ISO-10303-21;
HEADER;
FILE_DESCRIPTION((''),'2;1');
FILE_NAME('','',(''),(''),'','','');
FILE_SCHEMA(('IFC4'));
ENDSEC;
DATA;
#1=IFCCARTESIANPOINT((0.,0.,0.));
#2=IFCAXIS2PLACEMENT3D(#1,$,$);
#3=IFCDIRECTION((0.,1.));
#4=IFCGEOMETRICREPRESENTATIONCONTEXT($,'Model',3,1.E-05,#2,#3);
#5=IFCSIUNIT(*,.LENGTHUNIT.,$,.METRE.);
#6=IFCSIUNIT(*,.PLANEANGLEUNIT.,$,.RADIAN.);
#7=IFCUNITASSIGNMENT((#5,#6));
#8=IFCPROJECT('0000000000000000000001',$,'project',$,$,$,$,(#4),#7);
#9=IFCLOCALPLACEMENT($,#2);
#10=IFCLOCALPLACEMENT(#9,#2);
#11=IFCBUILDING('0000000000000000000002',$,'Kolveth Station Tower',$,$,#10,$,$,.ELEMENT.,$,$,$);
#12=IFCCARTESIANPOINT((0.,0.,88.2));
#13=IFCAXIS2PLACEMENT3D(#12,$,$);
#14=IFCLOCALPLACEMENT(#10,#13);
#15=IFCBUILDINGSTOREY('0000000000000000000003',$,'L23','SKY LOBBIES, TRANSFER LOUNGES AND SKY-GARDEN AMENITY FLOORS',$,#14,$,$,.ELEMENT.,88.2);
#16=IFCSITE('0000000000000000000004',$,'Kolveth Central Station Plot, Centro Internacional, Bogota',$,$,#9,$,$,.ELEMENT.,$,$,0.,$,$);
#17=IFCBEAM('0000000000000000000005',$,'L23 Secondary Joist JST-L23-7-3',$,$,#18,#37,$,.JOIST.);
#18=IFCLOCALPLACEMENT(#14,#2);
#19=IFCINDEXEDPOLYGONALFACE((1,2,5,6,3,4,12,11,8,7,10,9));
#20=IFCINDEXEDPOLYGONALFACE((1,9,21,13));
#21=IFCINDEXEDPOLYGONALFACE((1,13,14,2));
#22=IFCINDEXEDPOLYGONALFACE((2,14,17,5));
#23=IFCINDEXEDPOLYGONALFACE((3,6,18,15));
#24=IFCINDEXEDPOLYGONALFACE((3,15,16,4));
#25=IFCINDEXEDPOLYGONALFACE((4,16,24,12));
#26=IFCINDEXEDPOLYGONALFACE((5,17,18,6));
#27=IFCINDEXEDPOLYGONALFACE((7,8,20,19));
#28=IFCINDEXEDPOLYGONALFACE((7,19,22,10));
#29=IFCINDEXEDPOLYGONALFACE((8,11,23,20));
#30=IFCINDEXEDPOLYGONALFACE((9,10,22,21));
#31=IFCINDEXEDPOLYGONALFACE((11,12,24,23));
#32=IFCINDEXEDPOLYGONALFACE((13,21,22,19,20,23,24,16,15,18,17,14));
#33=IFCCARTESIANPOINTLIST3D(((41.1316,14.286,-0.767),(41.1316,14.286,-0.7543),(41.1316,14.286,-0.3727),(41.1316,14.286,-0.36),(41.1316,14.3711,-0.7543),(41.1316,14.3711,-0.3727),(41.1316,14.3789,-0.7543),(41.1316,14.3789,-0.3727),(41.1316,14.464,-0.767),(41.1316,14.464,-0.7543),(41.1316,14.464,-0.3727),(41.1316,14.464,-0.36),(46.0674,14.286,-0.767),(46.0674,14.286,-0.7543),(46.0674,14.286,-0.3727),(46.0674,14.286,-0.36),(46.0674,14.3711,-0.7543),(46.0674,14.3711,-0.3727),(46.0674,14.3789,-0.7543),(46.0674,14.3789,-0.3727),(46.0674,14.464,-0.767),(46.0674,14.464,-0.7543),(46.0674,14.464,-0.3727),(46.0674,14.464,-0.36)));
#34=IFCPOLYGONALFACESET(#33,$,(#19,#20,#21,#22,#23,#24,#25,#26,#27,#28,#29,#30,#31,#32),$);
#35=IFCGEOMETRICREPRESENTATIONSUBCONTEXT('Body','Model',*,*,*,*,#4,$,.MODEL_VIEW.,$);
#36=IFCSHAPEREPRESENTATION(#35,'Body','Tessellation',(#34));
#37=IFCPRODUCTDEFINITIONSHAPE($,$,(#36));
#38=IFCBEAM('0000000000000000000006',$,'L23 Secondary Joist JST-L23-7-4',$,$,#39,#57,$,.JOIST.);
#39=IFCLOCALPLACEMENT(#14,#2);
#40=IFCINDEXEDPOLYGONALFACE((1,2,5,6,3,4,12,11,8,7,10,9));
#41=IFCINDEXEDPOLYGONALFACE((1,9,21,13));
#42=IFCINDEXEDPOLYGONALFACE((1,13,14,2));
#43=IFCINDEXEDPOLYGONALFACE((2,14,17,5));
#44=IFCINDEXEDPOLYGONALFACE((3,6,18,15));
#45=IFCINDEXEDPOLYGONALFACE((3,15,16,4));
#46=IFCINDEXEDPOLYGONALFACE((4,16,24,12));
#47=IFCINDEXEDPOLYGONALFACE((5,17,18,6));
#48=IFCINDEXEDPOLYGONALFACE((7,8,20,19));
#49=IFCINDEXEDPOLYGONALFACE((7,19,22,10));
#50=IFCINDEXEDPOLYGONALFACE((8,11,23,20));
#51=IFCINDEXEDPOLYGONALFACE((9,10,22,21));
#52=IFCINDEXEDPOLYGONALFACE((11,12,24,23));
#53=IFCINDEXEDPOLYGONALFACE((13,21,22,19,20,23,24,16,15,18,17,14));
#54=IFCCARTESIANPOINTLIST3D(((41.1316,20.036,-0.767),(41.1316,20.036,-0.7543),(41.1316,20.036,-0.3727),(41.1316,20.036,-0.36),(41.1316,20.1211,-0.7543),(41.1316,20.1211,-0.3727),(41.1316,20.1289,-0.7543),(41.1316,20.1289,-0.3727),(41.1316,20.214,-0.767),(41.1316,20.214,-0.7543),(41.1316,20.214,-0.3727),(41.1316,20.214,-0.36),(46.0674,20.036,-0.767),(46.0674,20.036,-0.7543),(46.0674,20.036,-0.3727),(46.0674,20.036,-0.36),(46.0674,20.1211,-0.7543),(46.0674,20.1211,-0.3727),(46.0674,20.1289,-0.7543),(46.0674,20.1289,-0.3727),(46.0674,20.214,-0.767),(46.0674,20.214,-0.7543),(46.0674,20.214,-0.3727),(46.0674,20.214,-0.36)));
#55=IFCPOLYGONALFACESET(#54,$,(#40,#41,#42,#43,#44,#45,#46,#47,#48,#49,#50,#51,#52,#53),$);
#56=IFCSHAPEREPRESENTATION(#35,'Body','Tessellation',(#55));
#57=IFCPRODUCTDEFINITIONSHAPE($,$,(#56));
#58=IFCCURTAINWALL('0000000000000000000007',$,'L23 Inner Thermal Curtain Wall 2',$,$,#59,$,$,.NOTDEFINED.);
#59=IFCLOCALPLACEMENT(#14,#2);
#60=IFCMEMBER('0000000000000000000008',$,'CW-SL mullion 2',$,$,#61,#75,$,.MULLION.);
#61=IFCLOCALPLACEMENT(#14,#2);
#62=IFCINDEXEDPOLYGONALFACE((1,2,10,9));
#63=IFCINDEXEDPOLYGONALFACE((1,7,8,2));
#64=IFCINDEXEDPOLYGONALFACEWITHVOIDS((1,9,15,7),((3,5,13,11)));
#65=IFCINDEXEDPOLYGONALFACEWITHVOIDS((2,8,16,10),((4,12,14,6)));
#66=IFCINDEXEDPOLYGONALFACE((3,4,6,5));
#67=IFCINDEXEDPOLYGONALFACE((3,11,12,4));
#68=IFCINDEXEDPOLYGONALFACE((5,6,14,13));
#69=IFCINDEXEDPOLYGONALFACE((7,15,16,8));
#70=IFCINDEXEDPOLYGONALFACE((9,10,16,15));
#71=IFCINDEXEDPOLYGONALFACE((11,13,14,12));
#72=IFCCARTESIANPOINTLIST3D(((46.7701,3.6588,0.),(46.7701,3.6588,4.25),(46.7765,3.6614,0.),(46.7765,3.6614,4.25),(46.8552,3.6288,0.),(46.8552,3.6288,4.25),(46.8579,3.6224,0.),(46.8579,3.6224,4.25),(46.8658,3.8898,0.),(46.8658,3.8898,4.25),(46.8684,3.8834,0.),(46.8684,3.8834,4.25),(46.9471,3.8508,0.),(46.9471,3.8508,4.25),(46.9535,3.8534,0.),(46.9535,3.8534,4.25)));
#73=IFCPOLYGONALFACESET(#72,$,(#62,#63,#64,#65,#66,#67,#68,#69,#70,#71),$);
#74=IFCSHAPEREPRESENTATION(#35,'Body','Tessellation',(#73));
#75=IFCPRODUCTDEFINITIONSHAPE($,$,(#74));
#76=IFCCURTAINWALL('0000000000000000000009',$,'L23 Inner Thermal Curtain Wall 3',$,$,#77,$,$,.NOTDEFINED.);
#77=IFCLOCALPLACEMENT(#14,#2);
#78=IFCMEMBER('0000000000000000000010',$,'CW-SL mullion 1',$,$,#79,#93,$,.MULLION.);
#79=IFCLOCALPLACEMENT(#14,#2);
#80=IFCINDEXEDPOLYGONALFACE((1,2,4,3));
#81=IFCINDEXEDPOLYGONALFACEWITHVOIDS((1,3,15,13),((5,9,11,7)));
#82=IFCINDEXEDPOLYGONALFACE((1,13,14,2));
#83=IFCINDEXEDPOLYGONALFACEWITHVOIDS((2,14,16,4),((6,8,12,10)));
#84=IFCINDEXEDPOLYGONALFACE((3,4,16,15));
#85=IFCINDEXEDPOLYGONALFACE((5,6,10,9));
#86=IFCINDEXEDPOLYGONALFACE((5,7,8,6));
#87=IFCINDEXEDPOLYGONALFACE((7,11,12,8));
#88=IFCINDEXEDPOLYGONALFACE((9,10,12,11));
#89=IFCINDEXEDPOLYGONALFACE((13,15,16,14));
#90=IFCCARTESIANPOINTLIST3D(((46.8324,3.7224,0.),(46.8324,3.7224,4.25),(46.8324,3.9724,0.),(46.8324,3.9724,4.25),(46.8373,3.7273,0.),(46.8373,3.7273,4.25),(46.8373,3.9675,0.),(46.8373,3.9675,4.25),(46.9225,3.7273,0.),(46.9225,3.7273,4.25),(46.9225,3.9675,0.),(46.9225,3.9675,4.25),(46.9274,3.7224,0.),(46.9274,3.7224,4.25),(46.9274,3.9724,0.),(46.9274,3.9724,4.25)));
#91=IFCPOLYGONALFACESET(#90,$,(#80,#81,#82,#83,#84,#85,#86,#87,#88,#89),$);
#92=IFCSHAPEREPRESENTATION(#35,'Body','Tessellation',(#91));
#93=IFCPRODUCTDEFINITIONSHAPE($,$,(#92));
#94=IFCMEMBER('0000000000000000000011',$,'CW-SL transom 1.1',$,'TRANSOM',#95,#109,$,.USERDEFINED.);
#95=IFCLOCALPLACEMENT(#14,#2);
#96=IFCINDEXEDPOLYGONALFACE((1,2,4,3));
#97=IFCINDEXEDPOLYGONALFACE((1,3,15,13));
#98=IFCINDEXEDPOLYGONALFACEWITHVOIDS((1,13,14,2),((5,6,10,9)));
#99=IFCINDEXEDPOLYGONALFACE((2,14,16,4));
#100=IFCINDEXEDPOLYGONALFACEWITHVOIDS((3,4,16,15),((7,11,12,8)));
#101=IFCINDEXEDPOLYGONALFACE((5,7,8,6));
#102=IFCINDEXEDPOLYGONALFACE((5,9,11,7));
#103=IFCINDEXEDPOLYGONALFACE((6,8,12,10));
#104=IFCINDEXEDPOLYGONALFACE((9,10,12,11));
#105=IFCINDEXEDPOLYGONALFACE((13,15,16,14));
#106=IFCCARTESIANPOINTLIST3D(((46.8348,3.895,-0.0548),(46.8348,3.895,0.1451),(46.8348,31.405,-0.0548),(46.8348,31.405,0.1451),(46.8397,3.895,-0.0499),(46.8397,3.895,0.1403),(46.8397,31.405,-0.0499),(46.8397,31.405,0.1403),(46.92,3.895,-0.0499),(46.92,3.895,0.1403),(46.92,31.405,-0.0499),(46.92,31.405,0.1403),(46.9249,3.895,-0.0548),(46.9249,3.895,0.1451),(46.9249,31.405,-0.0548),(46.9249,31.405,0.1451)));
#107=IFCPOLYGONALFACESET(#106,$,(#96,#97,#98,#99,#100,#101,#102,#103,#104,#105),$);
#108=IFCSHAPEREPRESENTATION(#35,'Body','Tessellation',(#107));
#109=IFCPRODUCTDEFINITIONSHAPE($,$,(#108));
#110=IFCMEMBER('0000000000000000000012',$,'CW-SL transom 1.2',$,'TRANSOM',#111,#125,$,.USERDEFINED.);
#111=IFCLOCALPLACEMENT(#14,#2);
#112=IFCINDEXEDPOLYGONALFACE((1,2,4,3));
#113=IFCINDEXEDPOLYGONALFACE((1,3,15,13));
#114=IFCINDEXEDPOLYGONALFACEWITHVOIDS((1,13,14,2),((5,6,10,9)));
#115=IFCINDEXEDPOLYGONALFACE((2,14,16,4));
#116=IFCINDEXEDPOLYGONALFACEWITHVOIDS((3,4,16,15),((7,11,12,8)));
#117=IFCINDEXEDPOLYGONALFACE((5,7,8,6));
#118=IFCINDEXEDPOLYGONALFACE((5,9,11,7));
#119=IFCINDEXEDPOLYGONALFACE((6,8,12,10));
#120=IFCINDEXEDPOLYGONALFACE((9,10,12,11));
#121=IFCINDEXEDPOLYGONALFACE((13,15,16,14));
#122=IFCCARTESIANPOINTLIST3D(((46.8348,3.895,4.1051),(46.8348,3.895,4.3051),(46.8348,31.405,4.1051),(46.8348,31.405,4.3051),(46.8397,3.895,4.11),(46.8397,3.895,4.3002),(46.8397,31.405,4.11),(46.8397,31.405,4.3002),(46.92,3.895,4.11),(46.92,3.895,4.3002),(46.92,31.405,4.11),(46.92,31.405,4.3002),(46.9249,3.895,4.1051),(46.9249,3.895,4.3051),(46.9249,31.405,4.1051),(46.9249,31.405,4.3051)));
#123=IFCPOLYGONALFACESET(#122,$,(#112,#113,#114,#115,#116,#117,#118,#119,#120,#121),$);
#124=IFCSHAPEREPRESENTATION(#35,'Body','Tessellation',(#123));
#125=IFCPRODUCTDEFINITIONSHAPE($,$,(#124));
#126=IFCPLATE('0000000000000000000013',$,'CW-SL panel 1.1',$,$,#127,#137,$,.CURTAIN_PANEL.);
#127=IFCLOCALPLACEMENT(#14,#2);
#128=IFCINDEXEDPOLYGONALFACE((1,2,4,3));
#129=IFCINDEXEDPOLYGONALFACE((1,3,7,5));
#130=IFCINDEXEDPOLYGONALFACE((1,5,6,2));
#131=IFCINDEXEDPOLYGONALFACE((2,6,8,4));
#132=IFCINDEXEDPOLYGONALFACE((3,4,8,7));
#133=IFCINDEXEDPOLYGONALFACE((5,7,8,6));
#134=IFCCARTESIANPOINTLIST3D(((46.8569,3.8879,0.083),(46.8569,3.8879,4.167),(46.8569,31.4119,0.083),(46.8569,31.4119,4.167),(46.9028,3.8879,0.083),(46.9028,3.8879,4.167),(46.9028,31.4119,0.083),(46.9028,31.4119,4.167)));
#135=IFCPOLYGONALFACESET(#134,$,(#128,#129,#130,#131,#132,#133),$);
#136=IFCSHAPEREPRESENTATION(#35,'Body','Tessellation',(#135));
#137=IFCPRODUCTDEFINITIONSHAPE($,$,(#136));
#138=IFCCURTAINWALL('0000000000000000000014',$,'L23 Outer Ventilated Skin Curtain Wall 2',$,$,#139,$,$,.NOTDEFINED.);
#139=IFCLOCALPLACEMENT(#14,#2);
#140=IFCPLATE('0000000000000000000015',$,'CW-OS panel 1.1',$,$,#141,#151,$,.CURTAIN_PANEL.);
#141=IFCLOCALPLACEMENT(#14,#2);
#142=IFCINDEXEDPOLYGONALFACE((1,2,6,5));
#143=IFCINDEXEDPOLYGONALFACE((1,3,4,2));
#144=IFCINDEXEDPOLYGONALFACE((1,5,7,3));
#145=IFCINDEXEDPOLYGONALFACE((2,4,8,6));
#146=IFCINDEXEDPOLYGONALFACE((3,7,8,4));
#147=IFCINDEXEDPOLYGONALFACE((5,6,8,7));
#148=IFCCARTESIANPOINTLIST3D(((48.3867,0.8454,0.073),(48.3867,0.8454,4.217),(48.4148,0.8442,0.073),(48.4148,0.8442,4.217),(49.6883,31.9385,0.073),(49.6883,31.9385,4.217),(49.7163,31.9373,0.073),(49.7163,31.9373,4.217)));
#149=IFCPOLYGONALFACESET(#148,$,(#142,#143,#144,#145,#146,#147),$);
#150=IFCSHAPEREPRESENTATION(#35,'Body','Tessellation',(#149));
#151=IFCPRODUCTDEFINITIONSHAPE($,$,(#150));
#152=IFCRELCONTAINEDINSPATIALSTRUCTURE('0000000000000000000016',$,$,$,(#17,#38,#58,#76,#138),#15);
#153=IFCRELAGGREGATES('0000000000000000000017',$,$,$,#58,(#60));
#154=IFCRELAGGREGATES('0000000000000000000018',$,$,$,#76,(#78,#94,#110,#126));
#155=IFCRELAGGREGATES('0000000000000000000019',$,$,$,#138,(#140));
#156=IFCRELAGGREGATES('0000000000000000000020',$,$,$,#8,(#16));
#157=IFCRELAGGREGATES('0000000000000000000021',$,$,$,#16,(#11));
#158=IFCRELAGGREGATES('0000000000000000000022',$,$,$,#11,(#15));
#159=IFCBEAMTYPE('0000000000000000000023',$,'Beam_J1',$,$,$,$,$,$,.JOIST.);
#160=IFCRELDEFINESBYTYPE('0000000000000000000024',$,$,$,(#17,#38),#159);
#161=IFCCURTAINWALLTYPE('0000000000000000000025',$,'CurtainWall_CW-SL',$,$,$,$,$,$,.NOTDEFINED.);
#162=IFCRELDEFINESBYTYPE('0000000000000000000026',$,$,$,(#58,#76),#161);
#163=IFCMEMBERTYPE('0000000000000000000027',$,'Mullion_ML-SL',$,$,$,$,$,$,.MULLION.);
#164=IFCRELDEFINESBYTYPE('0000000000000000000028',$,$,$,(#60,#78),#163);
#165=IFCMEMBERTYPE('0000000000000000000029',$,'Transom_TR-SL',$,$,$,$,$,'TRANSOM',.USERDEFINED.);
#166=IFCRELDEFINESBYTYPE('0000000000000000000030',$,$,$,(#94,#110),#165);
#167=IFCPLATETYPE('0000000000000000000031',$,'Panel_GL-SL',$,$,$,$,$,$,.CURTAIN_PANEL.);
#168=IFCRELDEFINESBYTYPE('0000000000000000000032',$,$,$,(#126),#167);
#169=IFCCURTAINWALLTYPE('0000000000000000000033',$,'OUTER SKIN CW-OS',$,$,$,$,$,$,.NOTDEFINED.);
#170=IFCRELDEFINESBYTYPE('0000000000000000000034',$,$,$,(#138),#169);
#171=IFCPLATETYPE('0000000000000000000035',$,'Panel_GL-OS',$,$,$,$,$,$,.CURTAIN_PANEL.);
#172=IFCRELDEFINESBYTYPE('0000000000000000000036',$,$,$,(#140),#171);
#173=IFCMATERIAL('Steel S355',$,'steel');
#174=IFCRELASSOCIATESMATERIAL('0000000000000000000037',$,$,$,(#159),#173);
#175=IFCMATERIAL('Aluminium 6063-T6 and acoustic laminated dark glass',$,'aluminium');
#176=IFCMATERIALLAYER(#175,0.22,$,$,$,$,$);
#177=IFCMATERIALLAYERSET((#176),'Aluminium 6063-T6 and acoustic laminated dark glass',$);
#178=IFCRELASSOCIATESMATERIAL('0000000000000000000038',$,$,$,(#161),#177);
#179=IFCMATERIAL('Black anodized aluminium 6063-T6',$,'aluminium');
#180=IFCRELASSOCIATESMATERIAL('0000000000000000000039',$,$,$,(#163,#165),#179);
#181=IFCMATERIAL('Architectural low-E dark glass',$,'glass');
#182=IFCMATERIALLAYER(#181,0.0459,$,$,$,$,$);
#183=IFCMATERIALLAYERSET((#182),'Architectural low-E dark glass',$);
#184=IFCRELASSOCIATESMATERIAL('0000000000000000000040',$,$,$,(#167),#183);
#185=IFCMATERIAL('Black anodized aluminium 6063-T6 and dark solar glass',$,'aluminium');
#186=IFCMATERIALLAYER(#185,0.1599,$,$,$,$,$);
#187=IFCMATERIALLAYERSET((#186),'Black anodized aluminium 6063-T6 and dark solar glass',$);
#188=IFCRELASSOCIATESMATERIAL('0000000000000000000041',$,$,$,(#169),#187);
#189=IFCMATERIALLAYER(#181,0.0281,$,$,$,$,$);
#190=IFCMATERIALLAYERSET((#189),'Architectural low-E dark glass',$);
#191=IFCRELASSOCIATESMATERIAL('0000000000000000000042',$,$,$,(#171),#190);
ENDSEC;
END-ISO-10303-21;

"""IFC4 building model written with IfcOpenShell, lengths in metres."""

from ifc_helpers import new_model, si_unit, direction, frame, origin, origin_2d, place, context, subcontext, project, spatial, rectangle, hollow_rectangle, i_section, extrude, source, transform, mapped, material, layer, layer_set, material_profile, profile_set, type_object, element, aggregate, save


model = new_model("IFC4")

# Units and contexts
model_context = context("Model", 3, precision=1e-05, world=origin(), true_north=direction((0.0, 1.0)))
body_context = subcontext(model_context, "Body", "Model", "MODEL_VIEW")
ifc_project = project(units=[si_unit("LENGTHUNIT", "METRE"), si_unit("PLANEANGLEUNIT", "RADIAN")], contexts=[model_context])

# Site, building, storey
site_placement = place(None, origin())
site = spatial("IfcSite", under=ifc_project, at=site_placement, Name="Kolveth Central Station Plot, Centro Internacional, Bogota", CompositionType="ELEMENT", RefElevation=0.0)
building_placement = place(site_placement, origin())
building = spatial("IfcBuilding", under=site, at=building_placement, Name="Kolveth Station Tower", CompositionType="ELEMENT")
storey_placement = place(building_placement, frame((0.0, 0.0, 88.2)))
storey = spatial("IfcBuildingStorey", under=building, at=storey_placement, Name="L23", Description="SKY LOBBIES, TRANSFER LOUNGES AND SKY-GARDEN AMENITY FLOORS", CompositionType="ELEMENT", Elevation=88.2)

# Beams
ifc_material_1 = material(Name="Steel S355", Category="steel")
ifc_material_profile_1 = material_profile(ifc_material_1, i_section(OverallWidth=0.178, OverallDepth=0.407, WebThickness=0.0078, FlangeThickness=0.0127, at=origin_2d()), Name="W410x60")
ifc_profile_set_1 = profile_set([ifc_material_profile_1], Name="Steel S355")
beam_type_1 = type_object("IfcBeamType", Name="Beam_J1", PredefinedType="JOIST", material=ifc_profile_set_1)
shared_shape_1 = source(origin(), body_context, "Body", "SweptSolid", [
    extrude(i_section(OverallWidth=0.178, OverallDepth=0.407, WebThickness=0.0078, FlangeThickness=0.0127, at=origin_2d()), origin(), (0.0, 0.0, 1.0), 4.9358),
])
for number, where, z_axis, x_axis, name in (
    (1, (41.1316, 14.375, -0.5635), (1.0, 0.0, 0.0), (0.0, 1.0, 0.0), "L23 Secondary Joist JST-L23-7-3"),
    (2, (41.1316, 20.125, -0.5635), (1.0, 0.0, 0.0), (0.0, 1.0, 0.0), "L23 Secondary Joist JST-L23-7-4"),
):
    element("IfcBeam", number, at=place(storey_placement, frame(where, z_axis=z_axis, x_axis=x_axis)), inside=storey, type_object=beam_type_1, Name=name, PredefinedType="JOIST", context=body_context, shape_type="MappedRepresentation", body=[
        mapped(shared_shape_1, transform((0.0, 0.0, 0.0), x_axis=(1.0, 0.0, 0.0), y_axis=(0.0, 1.0, 0.0), z_axis=(0.0, 0.0, 1.0), scale=1.0)),
    ])

# Curtain wall, member
ifc_material_2 = material(Name="Aluminium 6063-T6 and acoustic laminated dark glass", Category="aluminium")
ifc_layer_1 = layer(ifc_material_2, 0.22)
ifc_layer_set_1 = layer_set([ifc_layer_1], Name="Aluminium 6063-T6 and acoustic laminated dark glass")
curtain_wall_type_1 = type_object("IfcCurtainWallType", Name="CurtainWall_CW-SL", PredefinedType="NOTDEFINED", material=ifc_layer_set_1)
curtain_wall_1_placement = place(storey_placement, origin())
curtain_wall_1 = element("IfcCurtainWall", 3, at=curtain_wall_1_placement, inside=storey, type_object=curtain_wall_type_1, Name="L23 Inner Thermal Curtain Wall 2", PredefinedType="NOTDEFINED")
ifc_material_3 = material(Name="Black anodized aluminium 6063-T6", Category="aluminium")
ifc_material_profile_2 = material_profile(ifc_material_3, hollow_rectangle(XDim=0.095, YDim=0.25, WallThickness=0.0049, at=origin_2d()), Name="ALU-95x250x5")
ifc_profile_set_2 = profile_set([ifc_material_profile_2], Name="Black anodized aluminium 6063-T6")
member_type_1 = type_object("IfcMemberType", Name="Mullion_ML-SL", PredefinedType="MULLION", material=ifc_profile_set_2)
shared_shape_2 = source(origin(), body_context, "Body", "SweptSolid", [
    extrude(hollow_rectangle(XDim=0.095, YDim=0.25, WallThickness=0.0049, at=origin_2d()), origin(), (0.0, 0.0, 1.0), 4.25),
])
member_1_placement = place(storey_placement, frame((46.8618, 3.7561, 0.0), z_axis=(0.0, 0.0, 1.0), x_axis=(-0.923888, 0.382663, 0.0)))
member_1 = element("IfcMember", 4, at=member_1_placement, type_object=member_type_1, Name="CW-SL mullion 2", PredefinedType="MULLION", context=body_context, shape_type="MappedRepresentation", body=[
    mapped(shared_shape_2, transform((0.0, 0.0, 0.0), x_axis=(1.0, 0.0, 0.0), y_axis=(0.0, 1.0, 0.0), z_axis=(0.0, 0.0, 1.0), scale=1.0)),
])
aggregate(curtain_wall_1, [member_1])

# Curtain wall, members, plate
curtain_wall_2_placement = place(storey_placement, origin())
curtain_wall_2 = element("IfcCurtainWall", 5, at=curtain_wall_2_placement, inside=storey, type_object=curtain_wall_type_1, Name="L23 Inner Thermal Curtain Wall 3", PredefinedType="NOTDEFINED")
member_2_placement = place(storey_placement, frame((46.8799, 3.8474, 0.0), z_axis=(0.0, 0.0, 1.0), x_axis=(-1.0, 0.0, 0.0)))
member_2 = element("IfcMember", 6, at=member_2_placement, type_object=member_type_1, Name="CW-SL mullion 1", PredefinedType="MULLION", context=body_context, shape_type="MappedRepresentation", body=[
    mapped(shared_shape_2, transform((0.0, 0.0, 0.0), x_axis=(1.0, 0.0, 0.0), y_axis=(0.0, 1.0, 0.0), z_axis=(0.0, 0.0, 1.0), scale=1.0)),
])
ifc_material_profile_3 = material_profile(ifc_material_3, hollow_rectangle(XDim=0.0901, YDim=0.2, WallThickness=0.0049, at=origin_2d()), Name="ALU-90x200x5")
ifc_profile_set_3 = profile_set([ifc_material_profile_3], Name="Black anodized aluminium 6063-T6")
member_type_2 = type_object("IfcMemberType", Name="Transom_TR-SL", ElementType="TRANSOM", PredefinedType="USERDEFINED", material=ifc_profile_set_3)
shared_shape_3 = source(origin(), body_context, "Body", "SweptSolid", [
    extrude(hollow_rectangle(XDim=0.0901, YDim=0.2, WallThickness=0.0049, at=origin_2d()), origin(), (0.0, 0.0, 1.0), 27.51),
])
member_3_placement = place(storey_placement, frame((46.8799, 3.895, 0.0452), z_axis=(0.0, 1.0, 0.0), x_axis=(-1.0, 0.0, 0.0)))
member_3 = element("IfcMember", 7, at=member_3_placement, type_object=member_type_2, Name="CW-SL transom 1.1", ObjectType="TRANSOM", PredefinedType="USERDEFINED", context=body_context, shape_type="MappedRepresentation", body=[
    mapped(shared_shape_3, transform((0.0, 0.0, 0.0), x_axis=(1.0, 0.0, 0.0), y_axis=(0.0, 1.0, 0.0), z_axis=(0.0, 0.0, 1.0), scale=1.0)),
])
member_4_placement = place(storey_placement, frame((46.8799, 3.895, 4.2051), z_axis=(0.0, 1.0, 0.0), x_axis=(-1.0, 0.0, 0.0)))
member_4 = element("IfcMember", 8, at=member_4_placement, type_object=member_type_2, Name="CW-SL transom 1.2", ObjectType="TRANSOM", PredefinedType="USERDEFINED", context=body_context, shape_type="MappedRepresentation", body=[
    mapped(shared_shape_3, transform((0.0, 0.0, 0.0), x_axis=(1.0, 0.0, 0.0), y_axis=(0.0, 1.0, 0.0), z_axis=(0.0, 0.0, 1.0), scale=1.0)),
])
ifc_material_4 = material(Name="Architectural low-E dark glass", Category="glass")
ifc_layer_2 = layer(ifc_material_4, 0.0459)
ifc_layer_set_2 = layer_set([ifc_layer_2], Name="Architectural low-E dark glass")
plate_type_1 = type_object("IfcPlateType", Name="Panel_GL-SL", PredefinedType="CURTAIN_PANEL", material=ifc_layer_set_2)
shared_shape_4 = source(origin(), body_context, "Body", "SweptSolid", [
    extrude(rectangle(XDim=27.5239, YDim=0.0459, at=origin_2d()), origin(), (0.0, 0.0, 1.0), 4.084),
])
plate_1_placement = place(storey_placement, frame((46.8799, 17.6499, 0.083), z_axis=(0.0, 0.0, 1.0), x_axis=(0.0, 1.0, 0.0)))
plate_1 = element("IfcPlate", 9, at=plate_1_placement, type_object=plate_type_1, Name="CW-SL panel 1.1", PredefinedType="CURTAIN_PANEL", context=body_context, shape_type="MappedRepresentation", body=[
    mapped(shared_shape_4, transform((0.0, 0.0, 0.0), x_axis=(1.0, 0.0, 0.0), y_axis=(0.0, 1.0, 0.0), z_axis=(0.0, 0.0, 1.0), scale=1.0)),
])
aggregate(curtain_wall_2, [member_2, member_3, member_4, plate_1])

# Curtain wall, plate
ifc_material_5 = material(Name="Black anodized aluminium 6063-T6 and dark solar glass", Category="aluminium")
ifc_layer_3 = layer(ifc_material_5, 0.1599)
ifc_layer_set_3 = layer_set([ifc_layer_3], Name="Black anodized aluminium 6063-T6 and dark solar glass")
curtain_wall_type_2 = type_object("IfcCurtainWallType", Name="OUTER SKIN CW-OS", PredefinedType="NOTDEFINED", material=ifc_layer_set_3)
curtain_wall_3_placement = place(storey_placement, origin())
curtain_wall_3 = element("IfcCurtainWall", 10, at=curtain_wall_3_placement, inside=storey, type_object=curtain_wall_type_2, Name="L23 Outer Ventilated Skin Curtain Wall 2", PredefinedType="NOTDEFINED")
ifc_layer_4 = layer(ifc_material_4, 0.0281)
ifc_layer_set_4 = layer_set([ifc_layer_4], Name="Architectural low-E dark glass")
plate_type_2 = type_object("IfcPlateType", Name="Panel_GL-OS", PredefinedType="CURTAIN_PANEL", material=ifc_layer_set_4)
shared_shape_5 = source(origin(), body_context, "Body", "SweptSolid", [
    extrude(rectangle(XDim=31.1204, YDim=0.0281, at=origin_2d()), origin(), (0.0, 0.0, 1.0), 4.144),
])
plate_2_placement = place(storey_placement, frame((49.0515, 16.3914, 0.073), z_axis=(0.0, 0.0, 1.0), x_axis=(0.041823, 0.999125, 0.0)))
plate_2 = element("IfcPlate", 11, at=plate_2_placement, type_object=plate_type_2, Name="CW-OS panel 1.1", PredefinedType="CURTAIN_PANEL", context=body_context, shape_type="MappedRepresentation", body=[
    mapped(shared_shape_5, transform((0.0, 0.0, 0.0), x_axis=(1.0, 0.0, 0.0), y_axis=(0.0, 1.0, 0.0), z_axis=(0.0, 0.0, 1.0), scale=1.0)),
])
aggregate(curtain_wall_3, [plate_2])

save(model, "model.ifc")
